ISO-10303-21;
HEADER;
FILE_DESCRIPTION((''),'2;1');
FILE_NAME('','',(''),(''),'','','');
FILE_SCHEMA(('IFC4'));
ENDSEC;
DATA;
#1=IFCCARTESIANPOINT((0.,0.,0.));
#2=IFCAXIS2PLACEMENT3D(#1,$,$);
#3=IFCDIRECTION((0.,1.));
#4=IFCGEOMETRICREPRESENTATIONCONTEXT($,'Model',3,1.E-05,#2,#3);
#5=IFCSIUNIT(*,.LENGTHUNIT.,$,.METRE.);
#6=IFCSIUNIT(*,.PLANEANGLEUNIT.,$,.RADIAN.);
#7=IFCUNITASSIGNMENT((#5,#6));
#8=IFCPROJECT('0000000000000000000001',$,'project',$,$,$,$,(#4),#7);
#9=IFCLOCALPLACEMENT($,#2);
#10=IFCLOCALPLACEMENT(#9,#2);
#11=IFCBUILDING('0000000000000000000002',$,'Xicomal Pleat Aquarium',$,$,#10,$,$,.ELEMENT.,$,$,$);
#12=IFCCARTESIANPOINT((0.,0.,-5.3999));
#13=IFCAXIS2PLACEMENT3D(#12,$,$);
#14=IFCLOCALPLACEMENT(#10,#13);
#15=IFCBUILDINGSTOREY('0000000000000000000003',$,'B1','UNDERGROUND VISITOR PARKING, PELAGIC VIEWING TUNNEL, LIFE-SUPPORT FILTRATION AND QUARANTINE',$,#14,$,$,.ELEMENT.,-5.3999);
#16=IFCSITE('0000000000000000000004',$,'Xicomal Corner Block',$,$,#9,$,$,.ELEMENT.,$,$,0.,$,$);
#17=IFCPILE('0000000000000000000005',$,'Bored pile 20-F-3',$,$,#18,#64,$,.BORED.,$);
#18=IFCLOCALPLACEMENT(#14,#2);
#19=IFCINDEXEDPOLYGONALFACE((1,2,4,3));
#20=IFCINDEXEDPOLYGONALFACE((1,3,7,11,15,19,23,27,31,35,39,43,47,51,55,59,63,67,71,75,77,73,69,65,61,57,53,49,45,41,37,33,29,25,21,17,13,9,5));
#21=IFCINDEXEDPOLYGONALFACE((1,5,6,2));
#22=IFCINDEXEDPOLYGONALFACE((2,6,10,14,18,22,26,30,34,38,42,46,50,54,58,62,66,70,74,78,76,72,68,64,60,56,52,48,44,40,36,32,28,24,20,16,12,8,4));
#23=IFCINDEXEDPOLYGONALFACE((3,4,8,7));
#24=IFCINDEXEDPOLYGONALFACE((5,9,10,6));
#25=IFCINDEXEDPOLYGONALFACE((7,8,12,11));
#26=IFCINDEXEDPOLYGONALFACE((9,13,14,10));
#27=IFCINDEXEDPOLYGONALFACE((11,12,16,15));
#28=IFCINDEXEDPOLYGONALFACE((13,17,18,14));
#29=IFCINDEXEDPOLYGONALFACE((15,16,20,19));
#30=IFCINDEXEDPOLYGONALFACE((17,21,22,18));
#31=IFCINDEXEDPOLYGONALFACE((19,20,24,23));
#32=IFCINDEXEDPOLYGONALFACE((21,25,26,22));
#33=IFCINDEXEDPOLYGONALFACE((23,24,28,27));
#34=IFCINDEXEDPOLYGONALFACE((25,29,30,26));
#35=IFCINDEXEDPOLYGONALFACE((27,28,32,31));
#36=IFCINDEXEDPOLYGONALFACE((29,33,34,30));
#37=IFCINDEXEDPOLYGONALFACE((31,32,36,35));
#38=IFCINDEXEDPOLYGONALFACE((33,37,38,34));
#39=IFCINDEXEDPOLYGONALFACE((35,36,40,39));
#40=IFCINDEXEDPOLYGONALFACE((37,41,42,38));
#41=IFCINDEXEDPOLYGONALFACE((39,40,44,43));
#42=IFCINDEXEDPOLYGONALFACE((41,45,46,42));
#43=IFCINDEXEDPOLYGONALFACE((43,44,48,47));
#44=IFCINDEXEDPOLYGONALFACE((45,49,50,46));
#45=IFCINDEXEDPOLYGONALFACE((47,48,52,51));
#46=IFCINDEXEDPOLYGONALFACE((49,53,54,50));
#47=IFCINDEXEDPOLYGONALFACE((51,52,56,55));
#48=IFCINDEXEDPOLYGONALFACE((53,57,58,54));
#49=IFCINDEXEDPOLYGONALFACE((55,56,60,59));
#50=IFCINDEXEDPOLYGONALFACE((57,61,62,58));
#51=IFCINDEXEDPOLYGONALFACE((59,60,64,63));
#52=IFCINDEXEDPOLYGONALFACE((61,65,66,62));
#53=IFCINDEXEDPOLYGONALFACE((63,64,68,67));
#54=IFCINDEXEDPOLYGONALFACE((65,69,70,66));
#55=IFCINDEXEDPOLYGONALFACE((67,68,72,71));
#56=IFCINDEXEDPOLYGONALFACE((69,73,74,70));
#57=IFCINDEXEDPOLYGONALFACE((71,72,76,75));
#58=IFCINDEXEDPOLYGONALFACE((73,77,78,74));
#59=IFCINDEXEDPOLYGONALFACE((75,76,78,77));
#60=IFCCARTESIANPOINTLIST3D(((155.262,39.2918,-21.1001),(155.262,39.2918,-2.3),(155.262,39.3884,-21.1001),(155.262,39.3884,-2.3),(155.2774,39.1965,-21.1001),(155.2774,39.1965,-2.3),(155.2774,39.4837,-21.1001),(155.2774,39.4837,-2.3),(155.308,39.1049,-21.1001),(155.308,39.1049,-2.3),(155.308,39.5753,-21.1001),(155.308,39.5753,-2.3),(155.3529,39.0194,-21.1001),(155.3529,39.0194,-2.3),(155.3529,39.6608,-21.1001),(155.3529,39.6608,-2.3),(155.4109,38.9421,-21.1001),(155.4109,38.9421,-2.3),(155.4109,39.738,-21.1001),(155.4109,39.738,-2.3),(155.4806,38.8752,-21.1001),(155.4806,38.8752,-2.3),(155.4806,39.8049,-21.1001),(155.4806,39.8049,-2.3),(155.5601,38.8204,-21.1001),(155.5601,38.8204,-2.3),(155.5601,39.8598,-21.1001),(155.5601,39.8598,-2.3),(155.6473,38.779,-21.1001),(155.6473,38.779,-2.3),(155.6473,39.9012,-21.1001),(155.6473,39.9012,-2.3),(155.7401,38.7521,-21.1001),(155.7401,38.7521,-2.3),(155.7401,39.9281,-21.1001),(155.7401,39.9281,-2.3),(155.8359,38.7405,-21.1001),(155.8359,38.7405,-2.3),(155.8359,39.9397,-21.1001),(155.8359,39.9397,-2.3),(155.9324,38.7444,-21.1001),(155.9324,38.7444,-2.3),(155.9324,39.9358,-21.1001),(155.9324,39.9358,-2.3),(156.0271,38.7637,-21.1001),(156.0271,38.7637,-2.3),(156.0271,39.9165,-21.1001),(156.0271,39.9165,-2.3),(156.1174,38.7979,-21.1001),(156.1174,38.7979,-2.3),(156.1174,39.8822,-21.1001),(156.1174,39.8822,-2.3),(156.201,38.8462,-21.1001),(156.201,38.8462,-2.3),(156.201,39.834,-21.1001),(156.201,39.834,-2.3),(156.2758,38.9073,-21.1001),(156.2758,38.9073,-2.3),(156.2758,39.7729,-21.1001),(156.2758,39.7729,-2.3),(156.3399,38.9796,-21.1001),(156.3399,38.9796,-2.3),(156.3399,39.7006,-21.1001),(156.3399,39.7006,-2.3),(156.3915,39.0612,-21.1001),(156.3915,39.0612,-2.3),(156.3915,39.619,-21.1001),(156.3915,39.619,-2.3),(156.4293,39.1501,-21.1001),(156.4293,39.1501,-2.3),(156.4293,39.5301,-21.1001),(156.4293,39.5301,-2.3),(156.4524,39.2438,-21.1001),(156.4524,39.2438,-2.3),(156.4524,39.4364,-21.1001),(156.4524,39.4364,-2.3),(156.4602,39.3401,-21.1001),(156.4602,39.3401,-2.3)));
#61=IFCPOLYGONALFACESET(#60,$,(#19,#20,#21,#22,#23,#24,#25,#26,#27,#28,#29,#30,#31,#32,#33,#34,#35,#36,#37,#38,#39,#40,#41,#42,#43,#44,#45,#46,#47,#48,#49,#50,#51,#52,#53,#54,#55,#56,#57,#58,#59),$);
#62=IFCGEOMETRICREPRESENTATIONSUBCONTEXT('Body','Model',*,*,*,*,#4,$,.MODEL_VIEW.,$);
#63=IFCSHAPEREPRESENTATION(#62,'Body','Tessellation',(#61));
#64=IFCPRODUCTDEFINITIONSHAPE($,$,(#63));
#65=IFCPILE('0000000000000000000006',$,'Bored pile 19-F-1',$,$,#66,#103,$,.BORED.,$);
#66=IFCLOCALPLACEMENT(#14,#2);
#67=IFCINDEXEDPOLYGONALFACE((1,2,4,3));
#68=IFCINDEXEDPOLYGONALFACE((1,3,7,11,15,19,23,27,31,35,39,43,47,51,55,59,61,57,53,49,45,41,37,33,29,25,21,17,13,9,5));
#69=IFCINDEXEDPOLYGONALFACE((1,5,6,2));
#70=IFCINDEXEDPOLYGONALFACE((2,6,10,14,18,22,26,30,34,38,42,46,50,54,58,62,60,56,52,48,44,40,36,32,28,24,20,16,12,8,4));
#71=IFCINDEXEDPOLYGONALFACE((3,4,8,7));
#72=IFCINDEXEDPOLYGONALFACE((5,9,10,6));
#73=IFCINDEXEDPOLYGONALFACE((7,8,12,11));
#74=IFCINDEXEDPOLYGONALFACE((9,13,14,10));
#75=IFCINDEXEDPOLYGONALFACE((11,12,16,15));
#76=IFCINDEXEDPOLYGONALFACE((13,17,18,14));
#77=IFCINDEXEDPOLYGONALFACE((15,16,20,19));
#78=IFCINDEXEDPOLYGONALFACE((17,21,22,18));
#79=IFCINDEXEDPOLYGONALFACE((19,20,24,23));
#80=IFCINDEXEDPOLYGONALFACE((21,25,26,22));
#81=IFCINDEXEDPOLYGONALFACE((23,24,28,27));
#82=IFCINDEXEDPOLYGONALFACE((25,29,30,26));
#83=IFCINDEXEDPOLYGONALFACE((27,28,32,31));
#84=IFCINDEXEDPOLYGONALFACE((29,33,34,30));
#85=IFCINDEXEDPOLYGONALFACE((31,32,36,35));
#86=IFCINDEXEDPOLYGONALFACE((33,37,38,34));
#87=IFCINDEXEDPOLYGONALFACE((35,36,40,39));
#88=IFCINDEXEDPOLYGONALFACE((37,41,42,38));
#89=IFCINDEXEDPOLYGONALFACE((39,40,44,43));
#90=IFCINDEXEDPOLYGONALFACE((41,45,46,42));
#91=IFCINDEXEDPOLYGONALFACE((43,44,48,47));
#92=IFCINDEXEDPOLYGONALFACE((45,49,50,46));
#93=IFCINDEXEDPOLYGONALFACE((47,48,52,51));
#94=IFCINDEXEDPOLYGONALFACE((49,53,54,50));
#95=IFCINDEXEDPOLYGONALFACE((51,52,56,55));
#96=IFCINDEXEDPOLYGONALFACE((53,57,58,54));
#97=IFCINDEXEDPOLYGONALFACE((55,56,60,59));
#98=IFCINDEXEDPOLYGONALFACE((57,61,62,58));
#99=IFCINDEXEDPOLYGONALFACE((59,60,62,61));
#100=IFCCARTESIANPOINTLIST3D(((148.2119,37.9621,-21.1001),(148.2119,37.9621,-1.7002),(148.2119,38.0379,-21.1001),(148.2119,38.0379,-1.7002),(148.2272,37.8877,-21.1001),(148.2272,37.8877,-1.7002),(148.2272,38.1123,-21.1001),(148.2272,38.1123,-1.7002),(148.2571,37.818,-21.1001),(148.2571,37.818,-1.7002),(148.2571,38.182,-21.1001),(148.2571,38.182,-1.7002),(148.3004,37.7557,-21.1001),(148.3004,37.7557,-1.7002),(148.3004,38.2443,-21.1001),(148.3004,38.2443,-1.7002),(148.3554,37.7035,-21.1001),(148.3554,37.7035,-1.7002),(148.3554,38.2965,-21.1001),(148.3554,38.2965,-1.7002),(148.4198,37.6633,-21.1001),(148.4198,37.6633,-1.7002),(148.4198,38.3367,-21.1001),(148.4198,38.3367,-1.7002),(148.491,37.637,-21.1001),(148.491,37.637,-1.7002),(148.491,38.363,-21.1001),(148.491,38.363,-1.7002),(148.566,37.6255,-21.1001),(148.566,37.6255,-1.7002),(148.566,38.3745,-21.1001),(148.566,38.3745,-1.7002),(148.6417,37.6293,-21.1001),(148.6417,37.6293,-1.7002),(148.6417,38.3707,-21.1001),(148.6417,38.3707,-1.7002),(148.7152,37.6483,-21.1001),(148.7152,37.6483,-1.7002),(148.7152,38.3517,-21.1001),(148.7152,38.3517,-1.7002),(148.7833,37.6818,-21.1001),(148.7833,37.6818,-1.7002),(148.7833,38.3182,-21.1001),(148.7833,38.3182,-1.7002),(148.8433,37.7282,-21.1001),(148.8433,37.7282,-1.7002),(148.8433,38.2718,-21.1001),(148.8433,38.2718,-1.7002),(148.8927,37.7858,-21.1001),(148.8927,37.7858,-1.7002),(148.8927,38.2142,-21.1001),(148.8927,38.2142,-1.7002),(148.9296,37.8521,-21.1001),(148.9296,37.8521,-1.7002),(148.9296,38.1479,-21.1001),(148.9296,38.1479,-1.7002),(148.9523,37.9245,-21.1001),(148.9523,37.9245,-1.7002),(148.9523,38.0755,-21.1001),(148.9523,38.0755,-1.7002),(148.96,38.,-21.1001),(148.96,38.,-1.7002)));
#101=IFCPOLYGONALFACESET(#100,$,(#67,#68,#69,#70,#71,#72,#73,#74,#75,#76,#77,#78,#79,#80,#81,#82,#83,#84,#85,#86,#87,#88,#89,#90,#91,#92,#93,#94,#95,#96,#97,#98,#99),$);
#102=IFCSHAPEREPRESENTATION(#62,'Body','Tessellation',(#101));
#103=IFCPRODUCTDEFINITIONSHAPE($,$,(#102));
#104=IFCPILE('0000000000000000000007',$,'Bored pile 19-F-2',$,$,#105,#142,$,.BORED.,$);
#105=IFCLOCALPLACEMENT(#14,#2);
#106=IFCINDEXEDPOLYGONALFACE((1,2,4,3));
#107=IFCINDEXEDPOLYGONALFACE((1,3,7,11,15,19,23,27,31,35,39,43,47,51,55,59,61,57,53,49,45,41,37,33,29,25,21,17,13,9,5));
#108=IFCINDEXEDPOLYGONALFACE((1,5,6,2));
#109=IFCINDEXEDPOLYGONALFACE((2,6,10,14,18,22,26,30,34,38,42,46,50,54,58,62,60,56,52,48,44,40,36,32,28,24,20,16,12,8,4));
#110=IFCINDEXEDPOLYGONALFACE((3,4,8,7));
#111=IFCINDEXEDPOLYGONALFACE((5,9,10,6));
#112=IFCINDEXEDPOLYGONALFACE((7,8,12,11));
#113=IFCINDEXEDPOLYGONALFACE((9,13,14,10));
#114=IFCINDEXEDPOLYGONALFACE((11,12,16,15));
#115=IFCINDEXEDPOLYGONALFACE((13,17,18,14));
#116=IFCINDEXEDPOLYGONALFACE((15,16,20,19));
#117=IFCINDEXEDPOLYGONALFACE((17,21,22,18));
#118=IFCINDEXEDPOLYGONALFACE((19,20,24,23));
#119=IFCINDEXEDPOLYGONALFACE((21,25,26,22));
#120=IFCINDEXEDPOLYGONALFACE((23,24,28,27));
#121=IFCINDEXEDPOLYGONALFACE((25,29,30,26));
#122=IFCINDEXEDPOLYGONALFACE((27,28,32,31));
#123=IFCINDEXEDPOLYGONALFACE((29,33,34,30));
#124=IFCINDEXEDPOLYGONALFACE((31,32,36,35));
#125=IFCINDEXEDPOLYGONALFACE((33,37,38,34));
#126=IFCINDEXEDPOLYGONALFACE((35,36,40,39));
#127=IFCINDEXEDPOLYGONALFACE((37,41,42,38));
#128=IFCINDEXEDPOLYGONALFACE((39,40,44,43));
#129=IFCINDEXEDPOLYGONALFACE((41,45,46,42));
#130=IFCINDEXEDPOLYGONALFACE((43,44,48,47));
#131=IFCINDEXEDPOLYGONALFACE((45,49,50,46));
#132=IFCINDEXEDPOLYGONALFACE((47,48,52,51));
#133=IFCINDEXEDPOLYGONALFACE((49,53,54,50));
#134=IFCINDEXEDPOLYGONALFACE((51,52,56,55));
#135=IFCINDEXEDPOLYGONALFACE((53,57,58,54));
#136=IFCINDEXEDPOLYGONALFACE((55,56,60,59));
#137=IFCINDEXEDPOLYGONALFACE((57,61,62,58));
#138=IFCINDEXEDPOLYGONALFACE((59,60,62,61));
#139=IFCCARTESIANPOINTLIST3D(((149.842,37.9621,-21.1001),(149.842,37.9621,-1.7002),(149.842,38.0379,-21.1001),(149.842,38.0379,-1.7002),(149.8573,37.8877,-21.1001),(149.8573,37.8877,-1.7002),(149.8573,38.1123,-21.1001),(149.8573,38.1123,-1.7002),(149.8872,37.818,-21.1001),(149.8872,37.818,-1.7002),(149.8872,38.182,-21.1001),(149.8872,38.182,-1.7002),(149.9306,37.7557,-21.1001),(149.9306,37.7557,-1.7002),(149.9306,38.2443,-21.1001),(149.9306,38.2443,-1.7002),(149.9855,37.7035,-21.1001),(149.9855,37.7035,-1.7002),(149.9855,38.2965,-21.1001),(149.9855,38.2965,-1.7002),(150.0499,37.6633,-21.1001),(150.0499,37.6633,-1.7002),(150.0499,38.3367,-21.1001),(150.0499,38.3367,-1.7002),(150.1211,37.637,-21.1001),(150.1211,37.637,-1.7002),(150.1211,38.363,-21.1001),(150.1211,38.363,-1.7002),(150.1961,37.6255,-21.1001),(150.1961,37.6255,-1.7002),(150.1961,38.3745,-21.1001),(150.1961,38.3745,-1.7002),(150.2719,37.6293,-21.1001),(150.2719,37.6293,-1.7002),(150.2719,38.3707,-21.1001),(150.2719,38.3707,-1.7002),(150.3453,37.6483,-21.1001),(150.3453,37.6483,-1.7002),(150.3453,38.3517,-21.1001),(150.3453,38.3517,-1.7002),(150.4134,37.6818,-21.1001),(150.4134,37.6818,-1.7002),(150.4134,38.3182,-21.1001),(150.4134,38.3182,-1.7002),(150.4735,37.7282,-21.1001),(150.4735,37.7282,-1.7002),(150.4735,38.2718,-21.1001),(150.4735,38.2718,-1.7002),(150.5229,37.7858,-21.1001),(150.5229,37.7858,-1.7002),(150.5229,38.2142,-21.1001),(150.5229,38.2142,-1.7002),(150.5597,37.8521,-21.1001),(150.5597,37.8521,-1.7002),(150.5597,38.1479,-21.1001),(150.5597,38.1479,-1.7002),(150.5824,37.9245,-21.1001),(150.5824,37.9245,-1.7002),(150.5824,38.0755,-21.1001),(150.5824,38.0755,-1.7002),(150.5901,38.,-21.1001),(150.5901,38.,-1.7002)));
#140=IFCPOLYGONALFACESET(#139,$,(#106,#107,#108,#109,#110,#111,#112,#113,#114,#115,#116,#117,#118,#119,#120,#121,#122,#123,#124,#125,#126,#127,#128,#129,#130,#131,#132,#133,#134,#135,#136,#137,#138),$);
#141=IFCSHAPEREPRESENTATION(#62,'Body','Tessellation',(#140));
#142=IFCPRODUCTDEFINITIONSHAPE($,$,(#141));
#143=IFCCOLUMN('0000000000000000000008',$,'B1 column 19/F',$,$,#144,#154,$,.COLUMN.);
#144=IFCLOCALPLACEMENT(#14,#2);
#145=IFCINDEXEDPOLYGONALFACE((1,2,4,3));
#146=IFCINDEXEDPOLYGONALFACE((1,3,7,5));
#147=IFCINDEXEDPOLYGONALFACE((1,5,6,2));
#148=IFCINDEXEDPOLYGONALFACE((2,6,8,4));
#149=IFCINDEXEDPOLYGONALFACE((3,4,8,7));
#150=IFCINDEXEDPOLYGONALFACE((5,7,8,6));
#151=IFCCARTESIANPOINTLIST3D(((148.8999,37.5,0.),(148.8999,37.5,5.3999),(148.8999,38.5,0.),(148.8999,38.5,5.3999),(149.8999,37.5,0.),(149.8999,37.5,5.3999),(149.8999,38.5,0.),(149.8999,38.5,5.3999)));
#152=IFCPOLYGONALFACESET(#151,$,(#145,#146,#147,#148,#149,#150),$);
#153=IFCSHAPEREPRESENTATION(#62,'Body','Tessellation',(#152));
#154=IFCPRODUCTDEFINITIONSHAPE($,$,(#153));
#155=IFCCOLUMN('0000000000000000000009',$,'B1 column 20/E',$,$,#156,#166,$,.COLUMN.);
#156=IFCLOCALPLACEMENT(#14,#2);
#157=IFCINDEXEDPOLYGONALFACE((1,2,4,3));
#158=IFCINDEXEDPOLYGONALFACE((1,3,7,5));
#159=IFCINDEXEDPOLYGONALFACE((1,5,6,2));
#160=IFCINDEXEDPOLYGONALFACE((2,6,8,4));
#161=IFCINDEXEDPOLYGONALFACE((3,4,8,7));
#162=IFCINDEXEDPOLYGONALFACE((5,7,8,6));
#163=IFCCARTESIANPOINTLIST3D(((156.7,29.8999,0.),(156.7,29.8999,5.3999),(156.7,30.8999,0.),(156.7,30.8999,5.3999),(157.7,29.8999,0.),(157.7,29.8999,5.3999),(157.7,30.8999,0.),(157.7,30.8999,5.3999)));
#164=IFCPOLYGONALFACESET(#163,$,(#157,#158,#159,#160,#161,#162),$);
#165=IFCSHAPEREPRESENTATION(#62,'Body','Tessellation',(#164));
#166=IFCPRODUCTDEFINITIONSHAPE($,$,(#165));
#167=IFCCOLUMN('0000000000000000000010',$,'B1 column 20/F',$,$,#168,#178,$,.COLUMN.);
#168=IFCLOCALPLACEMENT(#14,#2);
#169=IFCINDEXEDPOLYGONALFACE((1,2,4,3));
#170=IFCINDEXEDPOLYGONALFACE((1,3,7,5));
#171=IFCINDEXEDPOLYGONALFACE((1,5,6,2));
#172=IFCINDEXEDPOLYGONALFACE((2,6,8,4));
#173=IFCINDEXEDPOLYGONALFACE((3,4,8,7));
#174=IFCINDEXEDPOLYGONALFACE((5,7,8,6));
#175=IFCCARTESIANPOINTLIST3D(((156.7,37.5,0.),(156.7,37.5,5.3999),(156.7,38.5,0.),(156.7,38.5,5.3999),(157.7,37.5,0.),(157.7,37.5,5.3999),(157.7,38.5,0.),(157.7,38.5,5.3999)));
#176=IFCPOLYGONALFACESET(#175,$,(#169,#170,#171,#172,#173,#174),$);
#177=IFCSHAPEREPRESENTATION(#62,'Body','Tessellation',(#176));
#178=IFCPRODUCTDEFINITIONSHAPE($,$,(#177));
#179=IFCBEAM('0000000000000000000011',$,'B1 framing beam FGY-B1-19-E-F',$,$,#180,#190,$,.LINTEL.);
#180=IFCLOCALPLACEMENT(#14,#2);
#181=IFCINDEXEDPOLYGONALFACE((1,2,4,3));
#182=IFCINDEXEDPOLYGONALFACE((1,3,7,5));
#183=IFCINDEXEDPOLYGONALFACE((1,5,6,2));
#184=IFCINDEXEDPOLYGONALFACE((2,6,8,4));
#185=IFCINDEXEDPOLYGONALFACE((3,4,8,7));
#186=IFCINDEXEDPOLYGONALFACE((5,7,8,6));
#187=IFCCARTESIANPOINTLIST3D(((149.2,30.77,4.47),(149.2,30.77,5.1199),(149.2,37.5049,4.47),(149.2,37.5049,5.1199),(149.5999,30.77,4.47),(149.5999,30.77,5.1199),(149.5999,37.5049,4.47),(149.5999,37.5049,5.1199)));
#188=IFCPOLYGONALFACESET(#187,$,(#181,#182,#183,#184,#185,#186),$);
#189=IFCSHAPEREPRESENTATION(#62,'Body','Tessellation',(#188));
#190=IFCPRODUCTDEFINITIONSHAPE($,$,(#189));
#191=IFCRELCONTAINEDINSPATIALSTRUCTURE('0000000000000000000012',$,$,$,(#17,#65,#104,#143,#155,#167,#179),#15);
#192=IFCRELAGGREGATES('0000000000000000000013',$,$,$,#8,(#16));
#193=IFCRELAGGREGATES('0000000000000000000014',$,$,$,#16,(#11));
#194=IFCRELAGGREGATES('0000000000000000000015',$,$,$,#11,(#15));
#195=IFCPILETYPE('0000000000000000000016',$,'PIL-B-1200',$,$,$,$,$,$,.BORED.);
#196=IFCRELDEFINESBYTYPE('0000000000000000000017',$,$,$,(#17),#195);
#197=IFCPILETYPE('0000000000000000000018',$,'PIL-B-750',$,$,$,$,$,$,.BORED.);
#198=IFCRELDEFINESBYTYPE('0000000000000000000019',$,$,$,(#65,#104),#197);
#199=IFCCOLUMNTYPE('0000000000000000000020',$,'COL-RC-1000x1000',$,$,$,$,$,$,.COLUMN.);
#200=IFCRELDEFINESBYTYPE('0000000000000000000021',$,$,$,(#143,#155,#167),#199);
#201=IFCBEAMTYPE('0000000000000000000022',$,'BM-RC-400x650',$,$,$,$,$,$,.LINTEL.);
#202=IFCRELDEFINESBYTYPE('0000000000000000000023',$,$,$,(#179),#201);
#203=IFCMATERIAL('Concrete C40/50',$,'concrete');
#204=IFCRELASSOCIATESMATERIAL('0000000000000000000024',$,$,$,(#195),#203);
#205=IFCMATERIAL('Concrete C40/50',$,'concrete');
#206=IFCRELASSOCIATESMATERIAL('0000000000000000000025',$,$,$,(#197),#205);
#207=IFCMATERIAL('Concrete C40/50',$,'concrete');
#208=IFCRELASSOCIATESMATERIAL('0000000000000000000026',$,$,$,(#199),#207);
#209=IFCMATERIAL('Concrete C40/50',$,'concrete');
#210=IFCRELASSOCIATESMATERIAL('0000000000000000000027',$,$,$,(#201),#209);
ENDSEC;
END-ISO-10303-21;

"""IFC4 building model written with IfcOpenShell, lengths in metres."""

from ifc_helpers import new_model, si_unit, direction, frame, origin, origin_2d, place, context, subcontext, project, spatial, rectangle, circle, extrude, material, material_profile, profile_set, type_object, element, save


model = new_model("IFC4")

# Units and contexts
model_context = context("Model", 3, precision=1e-05, world=origin(), true_north=direction((0.0, 1.0)))
body_context = subcontext(model_context, "Body", "Model", "MODEL_VIEW")
ifc_project = project(units=[si_unit("LENGTHUNIT", "METRE"), si_unit("PLANEANGLEUNIT", "RADIAN")], contexts=[model_context])

# Site, building, storey
site_placement = place(None, origin())
site = spatial("IfcSite", under=ifc_project, at=site_placement, Name="Xicomal Corner Block", CompositionType="ELEMENT", RefElevation=0.0)
building_placement = place(site_placement, origin())
building = spatial("IfcBuilding", under=site, at=building_placement, Name="Xicomal Pleat Aquarium", CompositionType="ELEMENT")
storey_placement = place(building_placement, frame((0.0, 0.0, -5.3999)))
storey = spatial("IfcBuildingStorey", under=building, at=storey_placement, Name="B1", Description="UNDERGROUND VISITOR PARKING, PELAGIC VIEWING TUNNEL, LIFE-SUPPORT FILTRATION AND QUARANTINE", CompositionType="ELEMENT", Elevation=-5.3999)

# Piles
ifc_material_1 = material(Name="Concrete C40/50", Category="concrete")
ifc_material_profile_1 = material_profile(ifc_material_1, circle(Radius=0.6001, at=origin_2d()), Name="BORED PILE D1200")
ifc_profile_set_1 = profile_set([ifc_material_profile_1], Name="Concrete C40/50")
pile_type_1 = type_object("IfcPileType", Name="PIL-B-1200", PredefinedType="BORED", material=ifc_profile_set_1)
for number, where, z_axis, x_axis, name in (
    (1, (155.8601, 39.3401, -2.3), (0.0, 0.0, -1.0), (1.0, 0.0, 0.0), "Bored pile 20-F-3"),
):
    element("IfcPile", number, at=place(storey_placement, frame(where, z_axis=z_axis, x_axis=x_axis)), inside=storey, type_object=pile_type_1, Name=name, PredefinedType="BORED", context=body_context, shape_type="SweptSolid", body=[
        extrude(circle(Radius=0.6001, at=origin_2d()), origin(), (0.0, 0.0, 1.0), 18.8),
    ])
ifc_material_2 = material(Name="Concrete C40/50", Category="concrete")
ifc_material_profile_2 = material_profile(ifc_material_2, circle(Radius=0.375, at=origin_2d()), Name="BORED PILE D750")
ifc_profile_set_2 = profile_set([ifc_material_profile_2], Name="Concrete C40/50")
pile_type_2 = type_object("IfcPileType", Name="PIL-B-750", PredefinedType="BORED", material=ifc_profile_set_2)
for number, where, z_axis, x_axis, name in (
    (2, (148.585, 38.0, -1.7002), (0.0, 0.0, -1.0), (1.0, 0.0, 0.0), "Bored pile 19-F-1"),
    (3, (150.2151, 38.0, -1.7002), (0.0, 0.0, -1.0), (1.0, 0.0, 0.0), "Bored pile 19-F-2"),
):
    element("IfcPile", number, at=place(storey_placement, frame(where, z_axis=z_axis, x_axis=x_axis)), inside=storey, type_object=pile_type_2, Name=name, PredefinedType="BORED", context=body_context, shape_type="SweptSolid", body=[
        extrude(circle(Radius=0.375, at=origin_2d()), origin(), (0.0, 0.0, 1.0), 19.3999),
    ])

# Columns
ifc_material_3 = material(Name="Concrete C40/50", Category="concrete")
ifc_material_profile_3 = material_profile(ifc_material_3, rectangle(XDim=1.0, YDim=1.0, at=origin_2d()), Name="RC 1000x1000")
ifc_profile_set_3 = profile_set([ifc_material_profile_3], Name="Concrete C40/50")
column_type = type_object("IfcColumnType", Name="COL-RC-1000x1000", PredefinedType="COLUMN", material=ifc_profile_set_3)
for number, where, z_axis, x_axis, name in (
    (4, (149.3999, 38.0, 0.0), (0.0, 0.0, 1.0), (1.0, 0.0, 0.0), "B1 column 19/F"),
    (5, (157.2, 30.3999, 0.0), (0.0, 0.0, 1.0), (1.0, 0.0, 0.0), "B1 column 20/E"),
    (6, (157.2, 38.0, 0.0), (0.0, 0.0, 1.0), (1.0, 0.0, 0.0), "B1 column 20/F"),
):
    element("IfcColumn", number, at=place(storey_placement, frame(where, z_axis=z_axis, x_axis=x_axis)), inside=storey, type_object=column_type, Name=name, PredefinedType="COLUMN", context=body_context, shape_type="SweptSolid", body=[
        extrude(rectangle(XDim=1.0, YDim=1.0, at=origin_2d()), origin(), (0.0, 0.0, 1.0), 5.3999),
    ])

# Beam
ifc_material_4 = material(Name="Concrete C40/50", Category="concrete")
ifc_material_profile_4 = material_profile(ifc_material_4, rectangle(XDim=0.3999, YDim=0.6499, at=origin_2d()), Name="RC 400x650")
ifc_profile_set_4 = profile_set([ifc_material_profile_4], Name="Concrete C40/50")
beam_type_1 = type_object("IfcBeamType", Name="BM-RC-400x650", PredefinedType="LINTEL", material=ifc_profile_set_4)
beam_1_placement = place(storey_placement, frame((149.3999, 30.77, 4.7949), z_axis=(0.0, 1.0, 0.0), x_axis=(-1.0, 0.0, 0.0)))
element("IfcBeam", 7, at=beam_1_placement, inside=storey, type_object=beam_type_1, Name="B1 framing beam FGY-B1-19-E-F", PredefinedType="LINTEL", context=body_context, shape_type="SweptSolid", body=[
    extrude(rectangle(XDim=0.3999, YDim=0.6499, at=origin_2d()), origin(), (0.0, 0.0, 1.0), 6.7349),
])

save(model, "model.ifc")
